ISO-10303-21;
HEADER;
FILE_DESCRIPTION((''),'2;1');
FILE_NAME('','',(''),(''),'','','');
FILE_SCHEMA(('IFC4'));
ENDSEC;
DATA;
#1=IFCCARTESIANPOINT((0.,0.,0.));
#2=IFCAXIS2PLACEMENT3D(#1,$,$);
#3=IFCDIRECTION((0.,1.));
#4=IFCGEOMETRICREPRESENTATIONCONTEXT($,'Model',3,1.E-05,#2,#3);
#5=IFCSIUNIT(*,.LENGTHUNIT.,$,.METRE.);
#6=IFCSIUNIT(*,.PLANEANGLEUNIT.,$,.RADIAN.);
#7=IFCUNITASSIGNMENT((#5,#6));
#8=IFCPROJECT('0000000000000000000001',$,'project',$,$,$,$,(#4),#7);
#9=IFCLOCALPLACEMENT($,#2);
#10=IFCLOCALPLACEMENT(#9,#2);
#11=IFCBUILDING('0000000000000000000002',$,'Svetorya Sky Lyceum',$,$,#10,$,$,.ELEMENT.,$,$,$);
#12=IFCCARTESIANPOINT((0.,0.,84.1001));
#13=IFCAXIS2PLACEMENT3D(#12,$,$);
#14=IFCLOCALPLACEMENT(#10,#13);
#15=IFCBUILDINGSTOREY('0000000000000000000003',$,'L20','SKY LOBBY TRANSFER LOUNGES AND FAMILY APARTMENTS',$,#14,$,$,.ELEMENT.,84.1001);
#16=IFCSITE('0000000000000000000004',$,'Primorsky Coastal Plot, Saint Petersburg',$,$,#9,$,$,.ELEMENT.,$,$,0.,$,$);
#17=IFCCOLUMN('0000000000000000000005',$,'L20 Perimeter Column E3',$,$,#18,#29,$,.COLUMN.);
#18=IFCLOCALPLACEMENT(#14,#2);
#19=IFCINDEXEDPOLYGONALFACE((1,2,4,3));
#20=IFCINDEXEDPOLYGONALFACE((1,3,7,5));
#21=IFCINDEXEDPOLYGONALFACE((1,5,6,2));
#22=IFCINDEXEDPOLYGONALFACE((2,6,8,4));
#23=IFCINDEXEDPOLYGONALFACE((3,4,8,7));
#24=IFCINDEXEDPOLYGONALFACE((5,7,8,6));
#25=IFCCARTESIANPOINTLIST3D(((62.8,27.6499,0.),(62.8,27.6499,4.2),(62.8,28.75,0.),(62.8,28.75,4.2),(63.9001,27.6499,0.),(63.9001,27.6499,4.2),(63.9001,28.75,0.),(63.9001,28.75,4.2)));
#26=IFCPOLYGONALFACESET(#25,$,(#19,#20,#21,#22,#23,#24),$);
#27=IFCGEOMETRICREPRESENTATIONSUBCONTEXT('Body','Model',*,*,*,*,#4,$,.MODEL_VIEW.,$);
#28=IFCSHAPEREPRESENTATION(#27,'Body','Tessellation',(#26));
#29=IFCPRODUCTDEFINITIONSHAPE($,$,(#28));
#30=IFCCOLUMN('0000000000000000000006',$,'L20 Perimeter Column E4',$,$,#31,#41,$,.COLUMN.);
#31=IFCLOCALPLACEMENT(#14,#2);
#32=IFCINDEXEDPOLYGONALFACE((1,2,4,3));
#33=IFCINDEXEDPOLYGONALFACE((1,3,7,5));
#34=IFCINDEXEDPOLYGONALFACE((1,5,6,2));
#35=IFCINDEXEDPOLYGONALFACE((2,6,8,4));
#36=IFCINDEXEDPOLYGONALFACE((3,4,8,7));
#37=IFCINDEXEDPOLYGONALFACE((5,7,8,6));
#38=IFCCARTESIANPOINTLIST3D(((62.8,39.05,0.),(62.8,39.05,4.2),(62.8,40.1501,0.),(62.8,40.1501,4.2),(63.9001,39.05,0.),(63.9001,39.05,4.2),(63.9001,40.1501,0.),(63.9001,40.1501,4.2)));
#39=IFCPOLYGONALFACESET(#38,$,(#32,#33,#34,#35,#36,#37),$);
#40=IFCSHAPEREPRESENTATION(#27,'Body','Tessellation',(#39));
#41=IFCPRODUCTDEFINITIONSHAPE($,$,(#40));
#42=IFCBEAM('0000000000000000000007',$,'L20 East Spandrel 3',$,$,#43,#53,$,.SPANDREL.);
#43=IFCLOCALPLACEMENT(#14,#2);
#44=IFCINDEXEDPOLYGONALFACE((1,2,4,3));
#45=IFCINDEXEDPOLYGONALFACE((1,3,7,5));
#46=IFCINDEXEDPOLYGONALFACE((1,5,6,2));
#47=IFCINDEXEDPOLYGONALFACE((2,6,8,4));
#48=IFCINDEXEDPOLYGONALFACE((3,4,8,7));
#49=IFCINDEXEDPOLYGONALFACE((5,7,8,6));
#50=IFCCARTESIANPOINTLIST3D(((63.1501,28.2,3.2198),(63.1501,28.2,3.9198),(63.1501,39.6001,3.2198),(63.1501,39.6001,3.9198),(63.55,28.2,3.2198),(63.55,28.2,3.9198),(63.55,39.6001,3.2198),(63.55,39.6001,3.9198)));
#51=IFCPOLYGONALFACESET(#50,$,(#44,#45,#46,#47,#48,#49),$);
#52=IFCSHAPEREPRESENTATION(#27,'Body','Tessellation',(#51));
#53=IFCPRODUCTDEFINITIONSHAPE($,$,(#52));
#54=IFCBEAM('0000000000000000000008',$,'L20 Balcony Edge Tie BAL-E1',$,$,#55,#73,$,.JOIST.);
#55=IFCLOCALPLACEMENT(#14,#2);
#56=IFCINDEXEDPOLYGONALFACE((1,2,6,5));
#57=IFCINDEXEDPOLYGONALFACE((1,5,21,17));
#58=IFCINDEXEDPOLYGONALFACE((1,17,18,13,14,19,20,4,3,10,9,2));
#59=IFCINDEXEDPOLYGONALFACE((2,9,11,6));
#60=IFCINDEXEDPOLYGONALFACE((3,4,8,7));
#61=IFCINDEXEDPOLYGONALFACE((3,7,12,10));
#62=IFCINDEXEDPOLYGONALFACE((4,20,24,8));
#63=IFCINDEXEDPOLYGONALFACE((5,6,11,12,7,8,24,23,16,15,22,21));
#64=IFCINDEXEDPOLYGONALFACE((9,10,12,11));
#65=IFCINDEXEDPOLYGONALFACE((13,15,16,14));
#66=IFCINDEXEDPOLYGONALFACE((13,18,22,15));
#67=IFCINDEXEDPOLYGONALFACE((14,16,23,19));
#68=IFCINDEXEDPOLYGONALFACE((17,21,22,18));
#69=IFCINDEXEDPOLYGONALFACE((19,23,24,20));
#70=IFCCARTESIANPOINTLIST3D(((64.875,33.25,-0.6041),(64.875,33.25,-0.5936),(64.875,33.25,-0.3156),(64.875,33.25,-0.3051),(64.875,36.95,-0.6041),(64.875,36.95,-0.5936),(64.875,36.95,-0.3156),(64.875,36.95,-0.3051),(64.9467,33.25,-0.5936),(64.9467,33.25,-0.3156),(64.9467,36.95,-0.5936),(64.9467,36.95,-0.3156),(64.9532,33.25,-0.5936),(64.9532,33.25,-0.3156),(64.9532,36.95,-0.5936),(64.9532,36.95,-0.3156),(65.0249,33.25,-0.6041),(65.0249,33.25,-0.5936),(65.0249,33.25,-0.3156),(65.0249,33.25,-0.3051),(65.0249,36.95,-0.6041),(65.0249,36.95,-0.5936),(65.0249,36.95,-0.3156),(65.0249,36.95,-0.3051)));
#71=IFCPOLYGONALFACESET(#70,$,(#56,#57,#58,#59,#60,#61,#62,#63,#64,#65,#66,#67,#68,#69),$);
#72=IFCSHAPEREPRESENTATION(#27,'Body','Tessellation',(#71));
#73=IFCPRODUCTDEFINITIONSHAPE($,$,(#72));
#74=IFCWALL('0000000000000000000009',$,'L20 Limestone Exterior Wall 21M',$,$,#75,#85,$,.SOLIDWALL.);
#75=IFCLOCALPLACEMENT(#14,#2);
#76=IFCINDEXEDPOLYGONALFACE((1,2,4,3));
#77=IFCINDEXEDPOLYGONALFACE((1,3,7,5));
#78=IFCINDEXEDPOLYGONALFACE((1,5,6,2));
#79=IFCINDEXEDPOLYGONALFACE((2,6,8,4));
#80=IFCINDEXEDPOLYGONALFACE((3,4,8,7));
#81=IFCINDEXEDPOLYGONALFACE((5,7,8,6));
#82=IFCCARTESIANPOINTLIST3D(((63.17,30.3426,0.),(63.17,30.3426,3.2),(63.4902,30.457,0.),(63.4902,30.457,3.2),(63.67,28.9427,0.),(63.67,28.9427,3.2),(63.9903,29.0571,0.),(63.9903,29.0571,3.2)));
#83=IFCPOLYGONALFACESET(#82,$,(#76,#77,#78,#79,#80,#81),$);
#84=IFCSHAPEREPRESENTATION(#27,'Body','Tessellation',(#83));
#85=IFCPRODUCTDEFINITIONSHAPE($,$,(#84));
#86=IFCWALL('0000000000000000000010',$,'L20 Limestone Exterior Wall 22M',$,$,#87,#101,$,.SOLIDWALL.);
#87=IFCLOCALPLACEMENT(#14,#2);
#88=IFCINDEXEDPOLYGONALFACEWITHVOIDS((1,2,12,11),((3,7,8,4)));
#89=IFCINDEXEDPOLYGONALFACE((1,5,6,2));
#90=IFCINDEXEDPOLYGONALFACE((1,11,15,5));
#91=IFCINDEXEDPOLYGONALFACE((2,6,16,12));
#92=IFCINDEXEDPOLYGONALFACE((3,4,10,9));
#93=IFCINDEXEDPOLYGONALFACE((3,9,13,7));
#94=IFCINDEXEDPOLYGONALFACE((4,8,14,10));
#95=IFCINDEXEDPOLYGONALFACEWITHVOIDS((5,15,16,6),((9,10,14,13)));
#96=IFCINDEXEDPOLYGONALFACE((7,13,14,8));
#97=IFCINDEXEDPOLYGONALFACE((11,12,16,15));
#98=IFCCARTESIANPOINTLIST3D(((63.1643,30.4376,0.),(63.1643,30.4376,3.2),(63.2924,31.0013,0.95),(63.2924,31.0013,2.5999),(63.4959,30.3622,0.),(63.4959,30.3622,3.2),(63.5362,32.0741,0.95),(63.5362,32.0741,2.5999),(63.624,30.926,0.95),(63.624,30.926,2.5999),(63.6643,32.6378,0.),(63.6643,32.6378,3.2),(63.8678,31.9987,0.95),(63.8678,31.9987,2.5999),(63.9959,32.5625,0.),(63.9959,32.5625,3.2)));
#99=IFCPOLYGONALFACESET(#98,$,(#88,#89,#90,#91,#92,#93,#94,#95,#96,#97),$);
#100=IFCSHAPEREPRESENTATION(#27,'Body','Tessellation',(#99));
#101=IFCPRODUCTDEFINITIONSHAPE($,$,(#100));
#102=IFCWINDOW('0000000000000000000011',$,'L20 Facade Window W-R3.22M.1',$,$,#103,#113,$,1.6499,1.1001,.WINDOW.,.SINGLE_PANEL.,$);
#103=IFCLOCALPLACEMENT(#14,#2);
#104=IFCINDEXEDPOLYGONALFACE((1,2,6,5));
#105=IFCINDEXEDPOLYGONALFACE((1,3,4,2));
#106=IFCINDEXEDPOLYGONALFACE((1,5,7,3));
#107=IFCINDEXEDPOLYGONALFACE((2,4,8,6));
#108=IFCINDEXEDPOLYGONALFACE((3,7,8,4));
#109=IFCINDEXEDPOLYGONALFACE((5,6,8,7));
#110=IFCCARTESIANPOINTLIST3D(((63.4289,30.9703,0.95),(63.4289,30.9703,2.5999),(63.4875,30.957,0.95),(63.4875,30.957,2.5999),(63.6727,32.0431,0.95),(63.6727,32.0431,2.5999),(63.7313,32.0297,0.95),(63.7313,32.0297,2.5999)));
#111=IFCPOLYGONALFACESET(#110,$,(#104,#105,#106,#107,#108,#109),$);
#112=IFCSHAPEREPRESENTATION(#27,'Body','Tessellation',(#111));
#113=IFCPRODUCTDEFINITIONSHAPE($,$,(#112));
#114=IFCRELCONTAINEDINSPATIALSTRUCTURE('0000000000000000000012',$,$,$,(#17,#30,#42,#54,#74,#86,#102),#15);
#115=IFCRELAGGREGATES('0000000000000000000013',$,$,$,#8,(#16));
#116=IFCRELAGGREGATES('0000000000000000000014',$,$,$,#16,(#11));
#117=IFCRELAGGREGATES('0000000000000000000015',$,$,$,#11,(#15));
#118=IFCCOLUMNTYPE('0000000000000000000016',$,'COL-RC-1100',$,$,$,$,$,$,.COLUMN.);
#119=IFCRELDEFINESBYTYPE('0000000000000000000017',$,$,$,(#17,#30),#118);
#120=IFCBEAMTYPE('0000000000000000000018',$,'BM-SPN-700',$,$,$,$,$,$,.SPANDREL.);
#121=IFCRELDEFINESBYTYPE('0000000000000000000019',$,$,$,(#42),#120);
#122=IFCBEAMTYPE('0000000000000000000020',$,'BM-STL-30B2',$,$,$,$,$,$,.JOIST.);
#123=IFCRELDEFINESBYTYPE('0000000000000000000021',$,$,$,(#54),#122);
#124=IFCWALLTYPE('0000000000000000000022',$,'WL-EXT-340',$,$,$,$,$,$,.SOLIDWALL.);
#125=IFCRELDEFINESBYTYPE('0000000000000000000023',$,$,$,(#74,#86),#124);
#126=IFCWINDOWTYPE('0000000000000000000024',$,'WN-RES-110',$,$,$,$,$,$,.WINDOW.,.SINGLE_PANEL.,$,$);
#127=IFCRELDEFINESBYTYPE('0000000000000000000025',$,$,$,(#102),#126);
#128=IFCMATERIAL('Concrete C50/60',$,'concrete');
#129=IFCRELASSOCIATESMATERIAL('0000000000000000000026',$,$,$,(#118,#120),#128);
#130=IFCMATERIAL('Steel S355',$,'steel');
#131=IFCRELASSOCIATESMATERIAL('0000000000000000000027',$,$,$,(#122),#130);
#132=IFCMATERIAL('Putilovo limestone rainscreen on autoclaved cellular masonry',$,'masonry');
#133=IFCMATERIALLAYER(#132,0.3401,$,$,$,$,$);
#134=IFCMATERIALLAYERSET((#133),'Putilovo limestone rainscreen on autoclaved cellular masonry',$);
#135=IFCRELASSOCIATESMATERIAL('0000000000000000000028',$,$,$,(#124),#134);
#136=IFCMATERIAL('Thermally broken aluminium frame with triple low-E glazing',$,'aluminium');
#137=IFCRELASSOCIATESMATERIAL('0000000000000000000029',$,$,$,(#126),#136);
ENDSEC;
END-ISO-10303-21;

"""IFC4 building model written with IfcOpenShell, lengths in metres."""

from ifc_helpers import new_model, si_unit, direction, frame, frame_2d, origin, origin_2d, place, context, subcontext, project, spatial, rectangle, i_section, extrude, material, layer, layer_set, material_profile, profile_set, type_object, element, fill, save


model = new_model("IFC4")

# Units and contexts
model_context = context("Model", 3, precision=1e-05, world=origin(), true_north=direction((0.0, 1.0)))
body_context = subcontext(model_context, "Body", "Model", "MODEL_VIEW")
ifc_project = project(units=[si_unit("LENGTHUNIT", "METRE"), si_unit("PLANEANGLEUNIT", "RADIAN")], contexts=[model_context])

# Site, building, storey
site_placement = place(None, origin())
site = spatial("IfcSite", under=ifc_project, at=site_placement, Name="Primorsky Coastal Plot, Saint Petersburg", CompositionType="ELEMENT", RefElevation=0.0)
building_placement = place(site_placement, origin())
building = spatial("IfcBuilding", under=site, at=building_placement, Name="Svetorya Sky Lyceum", CompositionType="ELEMENT")
storey_placement = place(building_placement, frame((0.0, 0.0, 84.1001)))
storey = spatial("IfcBuildingStorey", under=building, at=storey_placement, Name="L20", Description="SKY LOBBY TRANSFER LOUNGES AND FAMILY APARTMENTS", CompositionType="ELEMENT", Elevation=84.1001)

# Columns
ifc_material_1 = material(Name="Concrete C50/60", Category="concrete")
ifc_material_profile_1 = material_profile(ifc_material_1, rectangle(XDim=1.1001, YDim=1.1001, at=origin_2d()), Name="RC COL 1100x1100")
ifc_profile_set_1 = profile_set([ifc_material_profile_1], Name="Concrete C50/60")
column_type = type_object("IfcColumnType", Name="COL-RC-1100", PredefinedType="COLUMN", material=ifc_profile_set_1)
for number, where, z_axis, x_axis, name in (
    (1, (63.3501, 28.2, 0.0), (0.0, 0.0, 1.0), (1.0, 0.0, 0.0), "L20 Perimeter Column E3"),
    (2, (63.3501, 39.6001, 0.0), (0.0, 0.0, 1.0), (1.0, 0.0, 0.0), "L20 Perimeter Column E4"),
):
    element("IfcColumn", number, at=place(storey_placement, frame(where, z_axis=z_axis, x_axis=x_axis)), inside=storey, type_object=column_type, Name=name, PredefinedType="COLUMN", context=body_context, shape_type="SweptSolid", body=[
        extrude(rectangle(XDim=1.1001, YDim=1.1001, at=origin_2d()), origin(), (0.0, 0.0, 1.0), 4.2),
    ])

# Beams
ifc_material_profile_2 = material_profile(ifc_material_1, rectangle(XDim=0.3999, YDim=0.7, at=origin_2d()), Name="RC SPANDREL 400x700")
ifc_profile_set_2 = profile_set([ifc_material_profile_2], Name="Concrete C50/60")
beam_type_1 = type_object("IfcBeamType", Name="BM-SPN-700", PredefinedType="SPANDREL", material=ifc_profile_set_2)
beam_1_placement = place(storey_placement, frame((63.3501, 28.2, 3.5698), z_axis=(0.0, 1.0, 0.0), x_axis=(-1.0, 0.0, 0.0)))
element("IfcBeam", 3, at=beam_1_placement, inside=storey, type_object=beam_type_1, Name="L20 East Spandrel 3", PredefinedType="SPANDREL", context=body_context, shape_type="SweptSolid", body=[
    extrude(rectangle(XDim=0.3999, YDim=0.7, at=origin_2d()), origin(), (0.0, 0.0, 1.0), 11.4001),
])
ifc_material_2 = material(Name="Steel S355", Category="steel")
ifc_material_profile_3 = material_profile(ifc_material_2, i_section(OverallWidth=0.1499, OverallDepth=0.2991, WebThickness=0.0066, FlangeThickness=0.0105, at=origin_2d()), Name="GOST 30B2")
ifc_profile_set_3 = profile_set([ifc_material_profile_3], Name="Steel S355")
beam_type_2 = type_object("IfcBeamType", Name="BM-STL-30B2", PredefinedType="JOIST", material=ifc_profile_set_3)
beam_2_placement = place(storey_placement, frame((64.95, 33.25, -0.4546), z_axis=(0.0, 1.0, 0.0), x_axis=(-1.0, 0.0, 0.0)))
element("IfcBeam", 4, at=beam_2_placement, inside=storey, type_object=beam_type_2, Name="L20 Balcony Edge Tie BAL-E1", PredefinedType="JOIST", context=body_context, shape_type="SweptSolid", body=[
    extrude(i_section(OverallWidth=0.1499, OverallDepth=0.2991, WebThickness=0.0066, FlangeThickness=0.0105, at=origin_2d()), origin(), (0.0, 0.0, 1.0), 3.7),
])

# Wall
ifc_material_3 = material(Name="Putilovo limestone rainscreen on autoclaved cellular masonry", Category="masonry")
ifc_layer_1 = layer(ifc_material_3, 0.3401)
ifc_layer_set_1 = layer_set([ifc_layer_1], Name="Putilovo limestone rainscreen on autoclaved cellular masonry")
wall_type_1 = type_object("IfcWallType", Name="WL-EXT-340", PredefinedType="SOLIDWALL", material=ifc_layer_set_1)
wall_1_placement = place(storey_placement, frame((63.8301, 29.0, 0.0), z_axis=(0.0, 0.0, 1.0), x_axis=(-0.336357, 0.941734, 0.0)))
element("IfcWall", 5, at=wall_1_placement, inside=storey, type_object=wall_type_1, Name="L20 Limestone Exterior Wall 21M", PredefinedType="SOLIDWALL", context=body_context, shape_type="SweptSolid", body=[
    extrude(rectangle(XDim=1.4866, YDim=0.3401, at=frame_2d((0.7432, 0.0))), origin(), (0.0, 0.0, 1.0), 3.2),
])

# Wall, opening, window
wall_2_placement = place(storey_placement, frame((63.3301, 30.3999, 0.0), z_axis=(0.0, 0.0, 1.0), x_axis=(0.221602, 0.975137, 0.0)))
wall_2 = element("IfcWall", 6, at=wall_2_placement, inside=storey, type_object=wall_type_1, Name="L20 Limestone Exterior Wall 22M", PredefinedType="SOLIDWALL", context=body_context, shape_type="SweptSolid", body=[
    extrude(rectangle(XDim=2.2563, YDim=0.3401, at=frame_2d((1.1282, 0.0))), origin(), (0.0, 0.0, 1.0), 3.2),
])
opening_1_placement = place(wall_2_placement, frame((0.5781, 0.0, 0.95)))
opening_1 = element("IfcOpeningElement", 7, at=opening_1_placement, cuts=wall_2, PredefinedType="OPENING", context=body_context, shape_type="SweptSolid", body=[
    extrude(rectangle(XDim=1.1001, YDim=1.6499, at=frame_2d((0.55, 0.825))), frame((0.0, 0.1799, 0.0), z_axis=(0.0, -1.0, 0.0), x_axis=(1.0, 0.0, 0.0)), (0.0, 0.0, 1.0), 0.3601),
])
ifc_material_4 = material(Name="Thermally broken aluminium frame with triple low-E glazing", Category="aluminium")
window_type_1 = type_object("IfcWindowType", Name="WN-RES-110", PartitioningType="SINGLE_PANEL", PredefinedType="WINDOW", material=ifc_material_4)
window_1_placement = place(opening_1_placement, origin())
window_1 = element("IfcWindow", 8, at=window_1_placement, inside=storey, type_object=window_type_1, Name="L20 Facade Window W-R3.22M.1", OverallHeight=1.6499, OverallWidth=1.1001, PartitioningType="SINGLE_PANEL", PredefinedType="WINDOW", context=body_context, shape_type="SweptSolid", body=[
    extrude(rectangle(XDim=1.1001, YDim=1.6499, at=frame_2d((0.55, 0.825))), frame((0.0, 0.03, 0.0), z_axis=(0.0, -1.0, 0.0), x_axis=(1.0, 0.0, 0.0)), (0.0, 0.0, 1.0), 0.0601),
])
fill(opening_1, window_1)

save(model, "model.ifc")
